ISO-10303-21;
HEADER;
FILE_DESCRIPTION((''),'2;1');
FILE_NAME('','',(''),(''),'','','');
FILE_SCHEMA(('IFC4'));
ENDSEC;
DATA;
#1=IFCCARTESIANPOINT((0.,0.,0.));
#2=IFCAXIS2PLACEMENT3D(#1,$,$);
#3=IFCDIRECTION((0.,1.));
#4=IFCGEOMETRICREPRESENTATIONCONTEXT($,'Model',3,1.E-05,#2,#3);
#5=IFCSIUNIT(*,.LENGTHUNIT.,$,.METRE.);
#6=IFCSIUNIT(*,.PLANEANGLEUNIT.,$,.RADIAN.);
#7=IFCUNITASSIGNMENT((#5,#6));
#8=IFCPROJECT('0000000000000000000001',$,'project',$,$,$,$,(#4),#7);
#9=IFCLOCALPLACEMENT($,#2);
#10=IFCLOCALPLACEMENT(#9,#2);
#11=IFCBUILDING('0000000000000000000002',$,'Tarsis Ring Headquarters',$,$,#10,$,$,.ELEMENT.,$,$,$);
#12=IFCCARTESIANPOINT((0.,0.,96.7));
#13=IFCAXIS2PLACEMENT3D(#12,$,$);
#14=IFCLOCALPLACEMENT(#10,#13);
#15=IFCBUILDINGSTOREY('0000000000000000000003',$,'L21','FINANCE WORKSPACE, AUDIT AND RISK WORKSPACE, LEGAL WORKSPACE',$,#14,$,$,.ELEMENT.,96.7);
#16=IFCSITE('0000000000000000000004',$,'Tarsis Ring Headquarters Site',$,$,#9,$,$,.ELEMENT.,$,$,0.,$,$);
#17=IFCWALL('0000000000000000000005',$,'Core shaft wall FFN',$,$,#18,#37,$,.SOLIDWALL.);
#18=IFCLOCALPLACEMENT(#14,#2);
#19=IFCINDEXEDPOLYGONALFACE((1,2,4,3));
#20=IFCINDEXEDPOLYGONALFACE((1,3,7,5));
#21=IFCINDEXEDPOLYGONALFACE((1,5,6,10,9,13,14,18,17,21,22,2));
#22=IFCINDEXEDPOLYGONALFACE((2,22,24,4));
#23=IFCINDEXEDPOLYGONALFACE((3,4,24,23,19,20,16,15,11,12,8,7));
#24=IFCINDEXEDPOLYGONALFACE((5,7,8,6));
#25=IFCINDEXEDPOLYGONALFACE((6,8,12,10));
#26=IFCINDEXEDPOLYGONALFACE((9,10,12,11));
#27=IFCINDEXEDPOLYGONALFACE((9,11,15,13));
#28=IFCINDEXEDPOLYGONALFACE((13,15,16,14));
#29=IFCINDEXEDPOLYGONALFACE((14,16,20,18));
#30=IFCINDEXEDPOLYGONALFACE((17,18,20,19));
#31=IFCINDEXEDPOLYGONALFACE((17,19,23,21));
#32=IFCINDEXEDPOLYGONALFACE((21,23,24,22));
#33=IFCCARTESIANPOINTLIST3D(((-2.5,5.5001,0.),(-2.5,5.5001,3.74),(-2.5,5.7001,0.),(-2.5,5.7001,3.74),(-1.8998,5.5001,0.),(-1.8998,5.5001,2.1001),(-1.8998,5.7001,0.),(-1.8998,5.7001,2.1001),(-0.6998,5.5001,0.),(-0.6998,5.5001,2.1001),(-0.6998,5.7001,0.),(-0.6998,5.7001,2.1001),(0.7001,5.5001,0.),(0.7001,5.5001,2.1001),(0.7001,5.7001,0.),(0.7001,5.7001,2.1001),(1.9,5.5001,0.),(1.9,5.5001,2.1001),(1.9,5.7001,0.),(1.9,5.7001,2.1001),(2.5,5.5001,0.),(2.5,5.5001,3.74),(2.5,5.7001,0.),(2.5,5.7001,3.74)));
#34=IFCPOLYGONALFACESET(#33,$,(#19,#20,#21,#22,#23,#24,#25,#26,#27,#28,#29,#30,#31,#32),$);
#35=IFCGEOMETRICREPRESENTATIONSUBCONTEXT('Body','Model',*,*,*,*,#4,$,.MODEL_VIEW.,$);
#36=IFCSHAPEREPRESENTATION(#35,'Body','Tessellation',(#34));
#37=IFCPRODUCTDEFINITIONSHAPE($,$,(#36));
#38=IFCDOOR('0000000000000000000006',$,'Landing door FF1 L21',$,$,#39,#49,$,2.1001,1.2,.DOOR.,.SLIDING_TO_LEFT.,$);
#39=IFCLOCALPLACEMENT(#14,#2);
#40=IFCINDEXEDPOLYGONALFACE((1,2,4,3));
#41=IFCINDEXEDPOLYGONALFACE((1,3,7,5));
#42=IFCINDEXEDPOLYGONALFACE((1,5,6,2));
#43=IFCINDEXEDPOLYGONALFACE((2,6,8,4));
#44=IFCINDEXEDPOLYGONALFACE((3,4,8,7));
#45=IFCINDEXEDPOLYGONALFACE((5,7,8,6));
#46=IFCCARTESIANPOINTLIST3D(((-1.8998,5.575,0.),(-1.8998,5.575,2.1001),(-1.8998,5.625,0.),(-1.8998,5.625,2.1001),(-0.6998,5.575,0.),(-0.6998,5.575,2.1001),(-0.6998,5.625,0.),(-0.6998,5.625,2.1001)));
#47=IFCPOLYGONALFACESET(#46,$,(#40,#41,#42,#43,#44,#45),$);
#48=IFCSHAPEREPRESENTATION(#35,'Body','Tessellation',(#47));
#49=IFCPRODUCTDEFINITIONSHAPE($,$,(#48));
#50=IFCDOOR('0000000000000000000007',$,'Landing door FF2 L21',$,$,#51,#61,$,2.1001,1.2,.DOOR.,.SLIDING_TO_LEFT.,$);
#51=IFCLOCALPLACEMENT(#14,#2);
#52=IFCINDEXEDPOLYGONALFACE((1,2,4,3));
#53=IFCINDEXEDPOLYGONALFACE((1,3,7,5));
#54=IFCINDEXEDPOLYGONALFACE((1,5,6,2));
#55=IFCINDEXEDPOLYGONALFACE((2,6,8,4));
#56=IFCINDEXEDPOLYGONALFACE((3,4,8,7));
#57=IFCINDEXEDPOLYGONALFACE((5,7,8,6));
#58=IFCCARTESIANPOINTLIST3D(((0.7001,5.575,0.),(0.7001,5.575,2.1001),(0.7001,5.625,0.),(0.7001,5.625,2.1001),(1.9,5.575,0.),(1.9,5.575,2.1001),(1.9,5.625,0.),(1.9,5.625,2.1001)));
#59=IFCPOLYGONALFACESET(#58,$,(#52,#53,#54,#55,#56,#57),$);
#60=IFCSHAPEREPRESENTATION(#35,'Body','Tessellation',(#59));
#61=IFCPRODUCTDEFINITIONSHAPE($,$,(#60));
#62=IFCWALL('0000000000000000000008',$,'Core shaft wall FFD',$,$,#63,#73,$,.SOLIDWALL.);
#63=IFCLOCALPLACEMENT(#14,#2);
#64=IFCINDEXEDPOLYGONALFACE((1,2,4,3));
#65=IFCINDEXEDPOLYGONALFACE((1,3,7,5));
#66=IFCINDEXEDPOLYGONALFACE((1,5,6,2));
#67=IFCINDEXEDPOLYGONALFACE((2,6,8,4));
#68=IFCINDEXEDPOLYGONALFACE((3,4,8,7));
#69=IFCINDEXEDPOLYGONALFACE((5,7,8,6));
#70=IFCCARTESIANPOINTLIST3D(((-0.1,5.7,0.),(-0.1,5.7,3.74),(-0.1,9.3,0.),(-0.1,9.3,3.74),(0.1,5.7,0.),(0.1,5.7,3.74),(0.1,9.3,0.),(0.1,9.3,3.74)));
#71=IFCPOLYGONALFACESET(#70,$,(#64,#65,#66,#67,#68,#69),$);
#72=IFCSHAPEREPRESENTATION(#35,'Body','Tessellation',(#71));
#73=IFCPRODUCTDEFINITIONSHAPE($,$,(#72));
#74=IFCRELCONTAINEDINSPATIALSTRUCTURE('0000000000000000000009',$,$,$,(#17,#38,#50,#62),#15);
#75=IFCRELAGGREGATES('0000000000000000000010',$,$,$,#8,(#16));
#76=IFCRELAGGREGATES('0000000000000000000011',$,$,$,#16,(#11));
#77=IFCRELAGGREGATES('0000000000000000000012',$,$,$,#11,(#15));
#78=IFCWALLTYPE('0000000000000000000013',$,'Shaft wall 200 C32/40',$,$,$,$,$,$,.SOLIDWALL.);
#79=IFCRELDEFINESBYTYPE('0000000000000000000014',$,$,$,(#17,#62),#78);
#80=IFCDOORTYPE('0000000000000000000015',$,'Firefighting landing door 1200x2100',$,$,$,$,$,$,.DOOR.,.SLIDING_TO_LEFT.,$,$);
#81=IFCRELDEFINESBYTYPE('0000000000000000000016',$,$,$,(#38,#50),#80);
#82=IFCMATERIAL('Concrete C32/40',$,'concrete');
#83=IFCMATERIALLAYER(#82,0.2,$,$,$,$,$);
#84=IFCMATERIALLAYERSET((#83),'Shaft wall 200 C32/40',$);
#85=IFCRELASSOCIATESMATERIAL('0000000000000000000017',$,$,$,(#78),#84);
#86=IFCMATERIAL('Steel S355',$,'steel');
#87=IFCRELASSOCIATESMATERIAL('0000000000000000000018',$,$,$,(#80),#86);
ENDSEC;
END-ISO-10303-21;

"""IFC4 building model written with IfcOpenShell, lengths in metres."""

from ifc_helpers import new_model, si_unit, direction, frame, frame_2d, origin, place, context, subcontext, project, spatial, rectangle, extrude, material, layer, layer_set, type_object, element, fill, save


model = new_model("IFC4")

# Units and contexts
model_context = context("Model", 3, precision=1e-05, world=origin(), true_north=direction((0.0, 1.0)))
body_context = subcontext(model_context, "Body", "Model", "MODEL_VIEW")
ifc_project = project(units=[si_unit("LENGTHUNIT", "METRE"), si_unit("PLANEANGLEUNIT", "RADIAN")], contexts=[model_context])

# Site, building, storey
site_placement = place(None, origin())
site = spatial("IfcSite", under=ifc_project, at=site_placement, Name="Tarsis Ring Headquarters Site", CompositionType="ELEMENT", RefElevation=0.0)
building_placement = place(site_placement, origin())
building = spatial("IfcBuilding", under=site, at=building_placement, Name="Tarsis Ring Headquarters", CompositionType="ELEMENT")
storey_placement = place(building_placement, frame((0.0, 0.0, 96.7)))
storey = spatial("IfcBuildingStorey", under=building, at=storey_placement, Name="L21", Description="FINANCE WORKSPACE, AUDIT AND RISK WORKSPACE, LEGAL WORKSPACE", CompositionType="ELEMENT", Elevation=96.7)

# Shared definitions
ifc_material_1 = material(Name="Concrete C32/40", Category="concrete")
ifc_layer_1 = layer(ifc_material_1, 0.2)
ifc_layer_set_1 = layer_set([ifc_layer_1], Name="Shaft wall 200 C32/40")
wall_type = type_object("IfcWallType", Name="Shaft wall 200 C32/40", PredefinedType="SOLIDWALL", material=ifc_layer_set_1)
ifc_material_2 = material(Name="Steel S355", Category="steel")

# Wall, openings, doors
wall_1_placement = place(storey_placement, frame((-2.5, 5.6001, 0.0), z_axis=(0.0, 0.0, 1.0), x_axis=(1.0, 0.0, 0.0)))
wall_1 = element("IfcWall", 1, at=wall_1_placement, inside=storey, type_object=wall_type, Name="Core shaft wall FFN", PredefinedType="SOLIDWALL", context=body_context, shape_type="SweptSolid", body=[
    extrude(rectangle(XDim=5.0, YDim=0.2, at=frame_2d((2.5, 0.0))), origin(), (0.0, 0.0, 1.0), 3.74),
])
opening_1_placement = place(wall_1_placement, frame((0.6001, 0.0, 0.0)))
opening_1 = element("IfcOpeningElement", 2, at=opening_1_placement, cuts=wall_1, PredefinedType="OPENING", context=body_context, shape_type="SweptSolid", body=[
    extrude(rectangle(XDim=1.2, YDim=2.1001, at=frame_2d((0.6001, 1.05))), frame((0.0, 0.1099, 0.0), z_axis=(0.0, -1.0, 0.0), x_axis=(1.0, 0.0, 0.0)), (0.0, 0.0, 1.0), 0.22),
])
opening_2_placement = place(wall_1_placement, frame((3.2, 0.0, 0.0)))
opening_2 = element("IfcOpeningElement", 3, at=opening_2_placement, cuts=wall_1, PredefinedType="OPENING", context=body_context, shape_type="SweptSolid", body=[
    extrude(rectangle(XDim=1.2, YDim=2.1001, at=frame_2d((0.6001, 1.05))), frame((0.0, 0.1099, 0.0), z_axis=(0.0, -1.0, 0.0), x_axis=(1.0, 0.0, 0.0)), (0.0, 0.0, 1.0), 0.22),
])
door_type_1 = type_object("IfcDoorType", Name="Firefighting landing door 1200x2100", OperationType="SLIDING_TO_LEFT", PredefinedType="DOOR", material=ifc_material_2)
door_1_placement = place(opening_1_placement, origin())
door_1 = element("IfcDoor", 4, at=door_1_placement, inside=storey, type_object=door_type_1, Name="Landing door FF1 L21", OperationType="SLIDING_TO_LEFT", OverallHeight=2.1001, OverallWidth=1.2, PredefinedType="DOOR", context=body_context, shape_type="SweptSolid", body=[
    extrude(rectangle(XDim=1.2, YDim=2.1001, at=frame_2d((0.6001, 1.05))), frame((0.0, 0.0249, 0.0), z_axis=(0.0, -1.0, 0.0), x_axis=(1.0, 0.0, 0.0)), (0.0, 0.0, 1.0), 0.05),
])
fill(opening_1, door_1)
door_2_placement = place(opening_2_placement, origin())
door_2 = element("IfcDoor", 5, at=door_2_placement, inside=storey, type_object=door_type_1, Name="Landing door FF2 L21", OperationType="SLIDING_TO_LEFT", OverallHeight=2.1001, OverallWidth=1.2, PredefinedType="DOOR", context=body_context, shape_type="SweptSolid", body=[
    extrude(rectangle(XDim=1.2, YDim=2.1001, at=frame_2d((0.6001, 1.05))), frame((0.0, 0.0249, 0.0), z_axis=(0.0, -1.0, 0.0), x_axis=(1.0, 0.0, 0.0)), (0.0, 0.0, 1.0), 0.05),
])
fill(opening_2, door_2)

# Wall
wall_2_placement = place(storey_placement, frame((0.0, 5.7, 0.0), z_axis=(0.0, 0.0, 1.0), x_axis=(0.0, 1.0, 0.0)))
element("IfcWall", 6, at=wall_2_placement, inside=storey, type_object=wall_type, Name="Core shaft wall FFD", PredefinedType="SOLIDWALL", context=body_context, shape_type="SweptSolid", body=[
    extrude(rectangle(XDim=3.6001, YDim=0.2, at=frame_2d((1.8, 0.0))), origin(), (0.0, 0.0, 1.0), 3.74),
])

save(model, "model.ifc")
